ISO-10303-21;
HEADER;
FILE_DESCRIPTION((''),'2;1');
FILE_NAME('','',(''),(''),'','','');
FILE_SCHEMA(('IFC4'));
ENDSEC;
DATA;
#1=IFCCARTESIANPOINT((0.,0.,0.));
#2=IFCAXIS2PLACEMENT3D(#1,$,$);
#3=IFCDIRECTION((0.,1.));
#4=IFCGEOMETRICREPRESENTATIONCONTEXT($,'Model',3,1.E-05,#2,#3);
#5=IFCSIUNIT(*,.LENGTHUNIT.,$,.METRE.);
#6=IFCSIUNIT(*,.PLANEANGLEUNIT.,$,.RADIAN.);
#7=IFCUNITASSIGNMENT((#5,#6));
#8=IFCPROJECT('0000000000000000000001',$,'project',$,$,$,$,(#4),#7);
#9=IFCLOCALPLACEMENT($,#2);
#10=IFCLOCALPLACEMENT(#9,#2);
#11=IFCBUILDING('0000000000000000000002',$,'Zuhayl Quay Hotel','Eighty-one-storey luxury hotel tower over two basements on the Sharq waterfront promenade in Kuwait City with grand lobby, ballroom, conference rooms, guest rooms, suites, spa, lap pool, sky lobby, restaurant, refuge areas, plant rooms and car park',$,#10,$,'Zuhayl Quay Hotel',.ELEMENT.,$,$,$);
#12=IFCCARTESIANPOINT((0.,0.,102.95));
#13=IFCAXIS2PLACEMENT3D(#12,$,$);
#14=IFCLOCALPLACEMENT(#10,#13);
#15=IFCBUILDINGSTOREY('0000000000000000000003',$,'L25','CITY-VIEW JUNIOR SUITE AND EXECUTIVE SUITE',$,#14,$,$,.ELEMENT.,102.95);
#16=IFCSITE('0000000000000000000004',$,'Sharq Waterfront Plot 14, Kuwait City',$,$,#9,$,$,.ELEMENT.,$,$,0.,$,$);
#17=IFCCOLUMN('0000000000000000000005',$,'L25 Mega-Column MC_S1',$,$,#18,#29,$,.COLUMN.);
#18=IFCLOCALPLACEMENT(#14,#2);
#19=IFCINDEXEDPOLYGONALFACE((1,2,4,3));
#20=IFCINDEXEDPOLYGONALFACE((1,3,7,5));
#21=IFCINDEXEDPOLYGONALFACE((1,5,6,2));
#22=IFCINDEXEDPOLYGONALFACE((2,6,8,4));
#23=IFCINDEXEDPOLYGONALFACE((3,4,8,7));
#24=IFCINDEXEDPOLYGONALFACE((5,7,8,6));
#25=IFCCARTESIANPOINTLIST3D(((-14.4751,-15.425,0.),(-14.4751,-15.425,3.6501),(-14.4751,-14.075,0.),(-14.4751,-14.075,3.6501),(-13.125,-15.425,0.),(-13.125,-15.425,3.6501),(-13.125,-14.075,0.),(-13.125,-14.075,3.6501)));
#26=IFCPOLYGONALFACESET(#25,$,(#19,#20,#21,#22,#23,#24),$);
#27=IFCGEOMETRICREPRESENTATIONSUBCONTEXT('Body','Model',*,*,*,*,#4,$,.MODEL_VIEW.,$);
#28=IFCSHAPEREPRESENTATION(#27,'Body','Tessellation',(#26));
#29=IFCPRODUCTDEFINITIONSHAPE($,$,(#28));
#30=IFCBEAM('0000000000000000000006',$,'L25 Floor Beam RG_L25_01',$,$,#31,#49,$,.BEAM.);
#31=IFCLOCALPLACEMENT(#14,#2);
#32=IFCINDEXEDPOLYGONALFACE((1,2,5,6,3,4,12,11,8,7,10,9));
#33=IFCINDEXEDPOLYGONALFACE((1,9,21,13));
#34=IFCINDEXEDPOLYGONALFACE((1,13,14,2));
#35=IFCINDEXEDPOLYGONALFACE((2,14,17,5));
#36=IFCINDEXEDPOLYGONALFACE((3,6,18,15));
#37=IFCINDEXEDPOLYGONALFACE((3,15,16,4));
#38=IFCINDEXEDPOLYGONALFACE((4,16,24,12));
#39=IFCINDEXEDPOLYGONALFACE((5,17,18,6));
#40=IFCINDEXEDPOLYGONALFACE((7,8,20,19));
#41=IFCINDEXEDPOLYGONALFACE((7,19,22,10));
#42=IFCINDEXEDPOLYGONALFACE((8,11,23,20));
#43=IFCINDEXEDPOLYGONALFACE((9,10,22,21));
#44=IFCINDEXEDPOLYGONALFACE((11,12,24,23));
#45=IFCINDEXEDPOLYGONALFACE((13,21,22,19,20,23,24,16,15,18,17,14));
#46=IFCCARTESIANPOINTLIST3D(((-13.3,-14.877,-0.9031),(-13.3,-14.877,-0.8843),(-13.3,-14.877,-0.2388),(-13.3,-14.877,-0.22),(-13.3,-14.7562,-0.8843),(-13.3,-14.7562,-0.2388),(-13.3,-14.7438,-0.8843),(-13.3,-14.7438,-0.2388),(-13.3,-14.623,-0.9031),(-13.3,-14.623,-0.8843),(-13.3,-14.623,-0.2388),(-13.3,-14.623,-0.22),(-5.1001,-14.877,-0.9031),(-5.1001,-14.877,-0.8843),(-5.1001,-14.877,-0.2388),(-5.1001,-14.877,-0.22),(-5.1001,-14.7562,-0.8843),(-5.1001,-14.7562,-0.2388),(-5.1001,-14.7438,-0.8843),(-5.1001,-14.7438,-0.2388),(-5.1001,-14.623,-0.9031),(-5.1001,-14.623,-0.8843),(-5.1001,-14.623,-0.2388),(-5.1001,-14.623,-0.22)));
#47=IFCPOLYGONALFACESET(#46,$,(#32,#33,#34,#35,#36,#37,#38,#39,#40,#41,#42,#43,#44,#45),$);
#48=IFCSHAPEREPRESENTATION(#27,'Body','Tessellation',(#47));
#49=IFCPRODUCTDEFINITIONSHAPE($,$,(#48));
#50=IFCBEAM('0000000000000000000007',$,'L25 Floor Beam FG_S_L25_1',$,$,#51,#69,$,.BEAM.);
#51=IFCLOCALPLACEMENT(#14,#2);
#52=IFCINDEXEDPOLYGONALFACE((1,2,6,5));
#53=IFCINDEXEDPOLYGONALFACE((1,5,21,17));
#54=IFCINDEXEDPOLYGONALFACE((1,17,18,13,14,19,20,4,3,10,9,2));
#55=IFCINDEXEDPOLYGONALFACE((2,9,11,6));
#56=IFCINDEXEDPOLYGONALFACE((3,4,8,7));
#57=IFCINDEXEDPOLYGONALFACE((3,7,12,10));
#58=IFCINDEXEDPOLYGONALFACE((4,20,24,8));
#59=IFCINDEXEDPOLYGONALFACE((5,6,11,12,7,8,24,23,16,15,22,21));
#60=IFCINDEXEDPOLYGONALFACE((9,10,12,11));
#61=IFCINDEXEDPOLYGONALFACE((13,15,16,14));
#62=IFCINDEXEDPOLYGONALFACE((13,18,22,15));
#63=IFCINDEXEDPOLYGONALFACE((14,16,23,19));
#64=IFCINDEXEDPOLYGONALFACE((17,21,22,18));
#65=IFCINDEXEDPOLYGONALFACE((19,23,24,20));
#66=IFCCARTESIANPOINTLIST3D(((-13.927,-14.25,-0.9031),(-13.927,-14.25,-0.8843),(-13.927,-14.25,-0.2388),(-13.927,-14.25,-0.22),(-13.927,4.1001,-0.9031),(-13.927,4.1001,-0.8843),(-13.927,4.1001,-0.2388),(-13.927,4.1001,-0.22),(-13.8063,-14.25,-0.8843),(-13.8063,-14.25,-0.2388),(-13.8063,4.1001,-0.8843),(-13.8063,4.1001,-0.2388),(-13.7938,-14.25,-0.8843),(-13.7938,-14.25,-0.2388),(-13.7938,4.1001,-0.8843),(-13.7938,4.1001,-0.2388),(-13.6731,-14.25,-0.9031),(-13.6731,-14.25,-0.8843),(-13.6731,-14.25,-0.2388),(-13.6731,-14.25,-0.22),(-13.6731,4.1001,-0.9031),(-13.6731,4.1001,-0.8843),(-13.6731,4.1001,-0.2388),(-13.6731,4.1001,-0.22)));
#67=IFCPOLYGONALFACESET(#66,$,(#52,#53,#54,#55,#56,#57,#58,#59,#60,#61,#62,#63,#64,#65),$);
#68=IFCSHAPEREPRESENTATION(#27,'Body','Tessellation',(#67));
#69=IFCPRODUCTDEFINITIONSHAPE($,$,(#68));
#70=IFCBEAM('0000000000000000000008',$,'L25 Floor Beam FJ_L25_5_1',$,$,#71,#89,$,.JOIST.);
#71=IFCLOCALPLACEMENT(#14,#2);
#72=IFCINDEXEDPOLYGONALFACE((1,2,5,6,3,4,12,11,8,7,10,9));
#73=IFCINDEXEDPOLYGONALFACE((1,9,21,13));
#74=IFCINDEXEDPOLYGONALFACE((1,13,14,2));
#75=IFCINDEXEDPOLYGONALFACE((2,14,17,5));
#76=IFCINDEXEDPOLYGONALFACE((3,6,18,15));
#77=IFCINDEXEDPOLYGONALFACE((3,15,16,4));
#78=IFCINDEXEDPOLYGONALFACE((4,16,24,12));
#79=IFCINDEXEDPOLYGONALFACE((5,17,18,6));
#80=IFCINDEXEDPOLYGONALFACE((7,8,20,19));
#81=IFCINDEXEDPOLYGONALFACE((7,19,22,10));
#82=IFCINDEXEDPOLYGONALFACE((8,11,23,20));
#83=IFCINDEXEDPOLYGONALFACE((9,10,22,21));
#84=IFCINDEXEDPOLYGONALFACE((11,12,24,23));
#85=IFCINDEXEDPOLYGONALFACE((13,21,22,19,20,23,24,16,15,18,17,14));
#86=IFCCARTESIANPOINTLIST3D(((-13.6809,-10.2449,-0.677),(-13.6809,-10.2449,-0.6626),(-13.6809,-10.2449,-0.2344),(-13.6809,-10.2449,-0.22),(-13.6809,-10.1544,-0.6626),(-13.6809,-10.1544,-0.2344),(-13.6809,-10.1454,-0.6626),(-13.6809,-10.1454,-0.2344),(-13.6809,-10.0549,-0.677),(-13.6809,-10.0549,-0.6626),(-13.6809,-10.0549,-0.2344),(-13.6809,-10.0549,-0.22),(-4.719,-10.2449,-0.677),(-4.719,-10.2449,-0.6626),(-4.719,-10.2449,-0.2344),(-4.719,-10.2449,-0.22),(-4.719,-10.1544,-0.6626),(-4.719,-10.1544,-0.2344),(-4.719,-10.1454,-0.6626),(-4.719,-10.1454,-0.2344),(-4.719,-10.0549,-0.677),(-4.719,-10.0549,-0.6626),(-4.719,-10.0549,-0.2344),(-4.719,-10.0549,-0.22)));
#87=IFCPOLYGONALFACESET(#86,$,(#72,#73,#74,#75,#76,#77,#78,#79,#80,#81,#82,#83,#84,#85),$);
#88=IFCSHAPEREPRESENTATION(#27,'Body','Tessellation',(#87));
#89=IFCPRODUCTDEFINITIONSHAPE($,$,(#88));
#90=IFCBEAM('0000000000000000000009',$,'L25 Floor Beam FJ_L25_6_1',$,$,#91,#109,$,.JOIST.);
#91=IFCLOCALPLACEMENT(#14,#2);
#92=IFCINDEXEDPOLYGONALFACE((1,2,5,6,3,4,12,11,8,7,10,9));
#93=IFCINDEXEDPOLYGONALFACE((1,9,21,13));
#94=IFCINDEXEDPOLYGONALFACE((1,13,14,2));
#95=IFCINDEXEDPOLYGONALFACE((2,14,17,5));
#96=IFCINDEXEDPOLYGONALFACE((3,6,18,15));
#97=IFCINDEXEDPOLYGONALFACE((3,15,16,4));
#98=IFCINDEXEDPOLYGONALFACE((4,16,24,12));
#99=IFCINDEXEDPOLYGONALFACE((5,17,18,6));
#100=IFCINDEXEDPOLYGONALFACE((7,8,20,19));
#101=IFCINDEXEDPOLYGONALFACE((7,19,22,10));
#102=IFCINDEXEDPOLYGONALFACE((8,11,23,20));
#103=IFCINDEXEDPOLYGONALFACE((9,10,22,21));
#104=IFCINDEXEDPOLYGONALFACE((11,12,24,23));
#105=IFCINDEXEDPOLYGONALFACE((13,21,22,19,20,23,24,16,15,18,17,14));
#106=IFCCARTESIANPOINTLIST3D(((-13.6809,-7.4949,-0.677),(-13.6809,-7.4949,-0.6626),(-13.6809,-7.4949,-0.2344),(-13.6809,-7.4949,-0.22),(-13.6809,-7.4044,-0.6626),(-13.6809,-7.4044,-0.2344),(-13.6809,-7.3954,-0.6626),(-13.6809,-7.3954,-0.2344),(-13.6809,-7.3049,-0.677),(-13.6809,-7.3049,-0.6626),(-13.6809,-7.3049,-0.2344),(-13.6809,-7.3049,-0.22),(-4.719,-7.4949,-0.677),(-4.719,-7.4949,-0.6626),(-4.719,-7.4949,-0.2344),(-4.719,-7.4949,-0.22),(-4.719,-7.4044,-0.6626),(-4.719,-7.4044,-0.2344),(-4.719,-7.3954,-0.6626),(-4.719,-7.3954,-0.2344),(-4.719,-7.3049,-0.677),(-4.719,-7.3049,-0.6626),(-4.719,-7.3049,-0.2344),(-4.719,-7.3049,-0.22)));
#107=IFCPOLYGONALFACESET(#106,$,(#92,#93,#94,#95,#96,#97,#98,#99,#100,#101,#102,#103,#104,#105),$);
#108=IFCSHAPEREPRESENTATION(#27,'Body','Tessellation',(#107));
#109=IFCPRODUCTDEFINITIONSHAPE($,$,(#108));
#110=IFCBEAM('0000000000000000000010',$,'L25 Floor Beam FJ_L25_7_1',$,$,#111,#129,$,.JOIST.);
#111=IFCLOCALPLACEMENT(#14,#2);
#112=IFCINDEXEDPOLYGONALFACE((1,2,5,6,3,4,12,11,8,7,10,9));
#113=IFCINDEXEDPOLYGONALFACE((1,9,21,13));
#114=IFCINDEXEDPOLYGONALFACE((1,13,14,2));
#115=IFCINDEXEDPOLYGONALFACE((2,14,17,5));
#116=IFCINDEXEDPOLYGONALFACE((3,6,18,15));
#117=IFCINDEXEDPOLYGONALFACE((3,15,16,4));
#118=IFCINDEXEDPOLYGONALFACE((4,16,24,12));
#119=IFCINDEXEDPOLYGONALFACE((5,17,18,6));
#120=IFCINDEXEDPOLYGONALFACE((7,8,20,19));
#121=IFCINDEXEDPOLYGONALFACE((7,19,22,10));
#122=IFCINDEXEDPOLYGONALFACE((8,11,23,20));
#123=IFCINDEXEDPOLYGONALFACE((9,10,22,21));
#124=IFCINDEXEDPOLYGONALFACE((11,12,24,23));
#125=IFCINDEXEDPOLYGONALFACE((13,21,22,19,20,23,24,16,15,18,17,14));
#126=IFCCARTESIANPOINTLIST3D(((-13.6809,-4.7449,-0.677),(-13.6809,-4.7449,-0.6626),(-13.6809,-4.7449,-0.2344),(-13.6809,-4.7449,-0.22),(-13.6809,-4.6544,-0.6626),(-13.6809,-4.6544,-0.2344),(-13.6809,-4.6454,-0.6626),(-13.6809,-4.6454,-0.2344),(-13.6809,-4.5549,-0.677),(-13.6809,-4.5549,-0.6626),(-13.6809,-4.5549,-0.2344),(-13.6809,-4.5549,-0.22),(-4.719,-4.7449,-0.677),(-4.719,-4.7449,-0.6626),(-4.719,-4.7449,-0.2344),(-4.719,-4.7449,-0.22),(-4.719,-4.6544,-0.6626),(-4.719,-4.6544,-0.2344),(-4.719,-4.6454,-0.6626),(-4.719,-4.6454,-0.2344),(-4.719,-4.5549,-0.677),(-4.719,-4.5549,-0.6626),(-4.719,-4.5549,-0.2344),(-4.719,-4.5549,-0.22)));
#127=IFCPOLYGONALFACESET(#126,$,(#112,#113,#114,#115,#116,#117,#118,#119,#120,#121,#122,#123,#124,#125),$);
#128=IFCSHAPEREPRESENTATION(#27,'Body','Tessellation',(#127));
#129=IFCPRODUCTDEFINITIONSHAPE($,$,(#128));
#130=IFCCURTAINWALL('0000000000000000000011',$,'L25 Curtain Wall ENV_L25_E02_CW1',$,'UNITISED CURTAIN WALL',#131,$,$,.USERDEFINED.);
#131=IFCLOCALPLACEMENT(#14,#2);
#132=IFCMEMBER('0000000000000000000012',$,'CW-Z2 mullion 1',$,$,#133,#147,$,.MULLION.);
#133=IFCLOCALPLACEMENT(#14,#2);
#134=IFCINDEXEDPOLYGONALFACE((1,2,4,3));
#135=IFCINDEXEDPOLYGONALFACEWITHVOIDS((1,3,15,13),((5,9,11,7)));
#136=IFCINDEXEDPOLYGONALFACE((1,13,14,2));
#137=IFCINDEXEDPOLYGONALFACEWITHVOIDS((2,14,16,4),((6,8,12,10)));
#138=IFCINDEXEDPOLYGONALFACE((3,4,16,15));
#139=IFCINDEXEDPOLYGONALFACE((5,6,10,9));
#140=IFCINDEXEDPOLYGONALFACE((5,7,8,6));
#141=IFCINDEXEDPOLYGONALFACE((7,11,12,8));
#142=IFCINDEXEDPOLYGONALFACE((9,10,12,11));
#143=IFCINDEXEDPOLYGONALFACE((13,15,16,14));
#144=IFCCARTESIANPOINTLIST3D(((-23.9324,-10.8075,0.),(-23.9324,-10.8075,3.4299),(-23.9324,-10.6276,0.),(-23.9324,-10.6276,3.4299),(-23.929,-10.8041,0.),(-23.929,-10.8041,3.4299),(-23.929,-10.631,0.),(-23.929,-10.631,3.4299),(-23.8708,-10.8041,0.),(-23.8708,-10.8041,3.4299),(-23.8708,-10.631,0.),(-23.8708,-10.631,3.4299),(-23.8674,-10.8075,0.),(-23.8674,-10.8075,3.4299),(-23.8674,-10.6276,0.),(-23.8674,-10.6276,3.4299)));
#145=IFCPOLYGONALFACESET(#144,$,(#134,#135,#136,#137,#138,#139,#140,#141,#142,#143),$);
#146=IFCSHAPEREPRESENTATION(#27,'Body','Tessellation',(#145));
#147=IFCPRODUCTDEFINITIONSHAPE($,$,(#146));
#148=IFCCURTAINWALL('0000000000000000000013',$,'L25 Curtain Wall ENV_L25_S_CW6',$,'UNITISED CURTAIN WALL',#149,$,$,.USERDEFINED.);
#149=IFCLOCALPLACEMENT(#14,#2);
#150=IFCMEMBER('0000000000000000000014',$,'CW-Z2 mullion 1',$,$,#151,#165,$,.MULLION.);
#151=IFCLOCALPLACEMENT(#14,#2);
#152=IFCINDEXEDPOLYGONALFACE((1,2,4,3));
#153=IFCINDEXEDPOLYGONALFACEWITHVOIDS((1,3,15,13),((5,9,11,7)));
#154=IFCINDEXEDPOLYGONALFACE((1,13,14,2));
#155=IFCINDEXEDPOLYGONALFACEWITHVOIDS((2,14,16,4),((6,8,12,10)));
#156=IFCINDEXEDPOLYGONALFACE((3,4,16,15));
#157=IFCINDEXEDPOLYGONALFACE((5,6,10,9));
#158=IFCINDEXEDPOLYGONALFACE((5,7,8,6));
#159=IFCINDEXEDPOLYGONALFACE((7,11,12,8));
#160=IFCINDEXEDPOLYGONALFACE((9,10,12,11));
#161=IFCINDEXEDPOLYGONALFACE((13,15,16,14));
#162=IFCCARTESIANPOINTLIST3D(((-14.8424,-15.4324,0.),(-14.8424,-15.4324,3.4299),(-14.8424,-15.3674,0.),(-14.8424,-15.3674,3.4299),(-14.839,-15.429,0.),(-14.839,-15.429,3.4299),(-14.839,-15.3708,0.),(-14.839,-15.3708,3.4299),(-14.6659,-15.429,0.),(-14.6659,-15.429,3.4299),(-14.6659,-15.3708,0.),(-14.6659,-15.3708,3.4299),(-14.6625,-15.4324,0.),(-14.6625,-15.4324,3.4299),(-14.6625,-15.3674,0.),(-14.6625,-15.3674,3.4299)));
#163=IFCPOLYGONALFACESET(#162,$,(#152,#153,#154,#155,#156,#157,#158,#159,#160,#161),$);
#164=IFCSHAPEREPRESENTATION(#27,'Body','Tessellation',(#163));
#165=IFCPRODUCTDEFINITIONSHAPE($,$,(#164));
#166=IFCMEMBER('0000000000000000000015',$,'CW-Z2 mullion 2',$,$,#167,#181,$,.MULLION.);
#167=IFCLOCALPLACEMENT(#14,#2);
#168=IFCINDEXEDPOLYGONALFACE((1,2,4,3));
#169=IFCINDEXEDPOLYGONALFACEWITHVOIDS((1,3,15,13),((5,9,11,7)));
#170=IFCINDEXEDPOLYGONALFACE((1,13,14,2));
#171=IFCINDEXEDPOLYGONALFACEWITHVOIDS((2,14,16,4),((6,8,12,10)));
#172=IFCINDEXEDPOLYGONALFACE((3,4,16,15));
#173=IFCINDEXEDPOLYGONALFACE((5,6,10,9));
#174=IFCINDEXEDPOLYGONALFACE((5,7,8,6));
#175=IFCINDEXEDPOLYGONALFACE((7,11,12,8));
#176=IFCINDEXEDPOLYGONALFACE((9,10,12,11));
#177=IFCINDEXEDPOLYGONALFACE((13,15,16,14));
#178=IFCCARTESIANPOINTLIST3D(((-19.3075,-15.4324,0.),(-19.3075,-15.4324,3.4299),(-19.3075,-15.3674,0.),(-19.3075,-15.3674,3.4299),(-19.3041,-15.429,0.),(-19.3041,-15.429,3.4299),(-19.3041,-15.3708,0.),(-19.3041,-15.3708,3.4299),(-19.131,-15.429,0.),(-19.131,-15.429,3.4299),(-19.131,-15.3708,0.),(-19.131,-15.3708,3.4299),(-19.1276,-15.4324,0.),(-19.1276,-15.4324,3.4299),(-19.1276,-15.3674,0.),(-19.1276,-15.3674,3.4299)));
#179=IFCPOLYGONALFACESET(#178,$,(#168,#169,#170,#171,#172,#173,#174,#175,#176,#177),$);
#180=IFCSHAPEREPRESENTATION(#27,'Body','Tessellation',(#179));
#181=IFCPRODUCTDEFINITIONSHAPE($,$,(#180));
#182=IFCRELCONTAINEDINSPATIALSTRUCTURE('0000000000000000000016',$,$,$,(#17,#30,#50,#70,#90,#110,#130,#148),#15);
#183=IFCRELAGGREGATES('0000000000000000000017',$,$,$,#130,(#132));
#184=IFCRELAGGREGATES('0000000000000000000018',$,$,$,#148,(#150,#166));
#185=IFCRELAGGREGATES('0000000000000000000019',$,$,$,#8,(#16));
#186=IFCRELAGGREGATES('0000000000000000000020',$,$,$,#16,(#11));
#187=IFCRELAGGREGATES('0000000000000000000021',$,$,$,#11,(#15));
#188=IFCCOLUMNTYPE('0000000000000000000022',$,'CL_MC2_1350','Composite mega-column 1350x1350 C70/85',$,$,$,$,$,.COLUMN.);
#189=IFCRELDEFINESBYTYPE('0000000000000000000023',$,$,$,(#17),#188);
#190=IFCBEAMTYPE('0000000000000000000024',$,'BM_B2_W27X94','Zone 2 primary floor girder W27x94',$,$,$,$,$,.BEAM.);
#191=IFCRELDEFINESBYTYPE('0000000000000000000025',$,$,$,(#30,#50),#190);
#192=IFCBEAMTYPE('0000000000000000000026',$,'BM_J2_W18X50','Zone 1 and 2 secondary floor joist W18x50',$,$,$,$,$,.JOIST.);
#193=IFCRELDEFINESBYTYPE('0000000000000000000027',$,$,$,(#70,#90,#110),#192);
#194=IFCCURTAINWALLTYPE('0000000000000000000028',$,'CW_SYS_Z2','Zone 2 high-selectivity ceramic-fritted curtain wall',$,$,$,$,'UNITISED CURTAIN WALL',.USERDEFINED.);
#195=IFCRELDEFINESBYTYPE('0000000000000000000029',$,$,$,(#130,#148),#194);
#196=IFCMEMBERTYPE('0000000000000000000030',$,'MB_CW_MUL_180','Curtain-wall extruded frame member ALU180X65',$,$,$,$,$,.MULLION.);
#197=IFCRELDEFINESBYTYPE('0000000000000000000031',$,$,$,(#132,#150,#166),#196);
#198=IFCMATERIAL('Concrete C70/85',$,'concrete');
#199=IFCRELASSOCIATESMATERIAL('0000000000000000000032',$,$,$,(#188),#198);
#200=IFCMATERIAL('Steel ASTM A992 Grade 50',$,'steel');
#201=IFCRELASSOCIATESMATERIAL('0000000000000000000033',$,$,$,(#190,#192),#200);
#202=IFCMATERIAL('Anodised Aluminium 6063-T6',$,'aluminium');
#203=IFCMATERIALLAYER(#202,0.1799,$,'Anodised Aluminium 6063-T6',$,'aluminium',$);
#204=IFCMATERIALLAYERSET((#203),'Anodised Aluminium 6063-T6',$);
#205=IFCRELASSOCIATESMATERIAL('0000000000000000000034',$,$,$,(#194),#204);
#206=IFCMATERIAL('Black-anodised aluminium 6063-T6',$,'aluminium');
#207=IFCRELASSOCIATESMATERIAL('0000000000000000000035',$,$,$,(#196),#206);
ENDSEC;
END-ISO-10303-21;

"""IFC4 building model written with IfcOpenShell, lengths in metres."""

from ifc_helpers import new_model, si_unit, direction, frame, origin, origin_2d, place, context, subcontext, project, spatial, rectangle, hollow_rectangle, i_section, extrude, material, layer, layer_set, material_profile, profile_set, type_object, element, aggregate, save


model = new_model("IFC4")

# Units and contexts
model_context = context("Model", 3, precision=1e-05, world=origin(), true_north=direction((0.0, 1.0)))
body_context = subcontext(model_context, "Body", "Model", "MODEL_VIEW")
ifc_project = project(units=[si_unit("LENGTHUNIT", "METRE"), si_unit("PLANEANGLEUNIT", "RADIAN")], contexts=[model_context])

# Site, building, storey
site_placement = place(None, origin())
site = spatial("IfcSite", under=ifc_project, at=site_placement, Name="Sharq Waterfront Plot 14, Kuwait City", CompositionType="ELEMENT", RefElevation=0.0)
building_placement = place(site_placement, origin())
building = spatial("IfcBuilding", under=site, at=building_placement, Name="Zuhayl Quay Hotel", Description="Eighty-one-storey luxury hotel tower over two basements on the Sharq waterfront promenade in Kuwait City with grand lobby, ballroom, conference rooms, guest rooms, suites, spa, lap pool, sky lobby, restaurant, refuge areas, plant rooms and car park", LongName="Zuhayl Quay Hotel", CompositionType="ELEMENT")
storey_placement = place(building_placement, frame((0.0, 0.0, 102.95)))
storey = spatial("IfcBuildingStorey", under=building, at=storey_placement, Name="L25", Description="CITY-VIEW JUNIOR SUITE AND EXECUTIVE SUITE", CompositionType="ELEMENT", Elevation=102.95)

# Column
ifc_material_1 = material(Name="Concrete C70/85", Category="concrete")
ifc_material_profile_1 = material_profile(ifc_material_1, rectangle(XDim=1.3501, YDim=1.3501, at=origin_2d()), Name="RC1350X1350")
ifc_profile_set_1 = profile_set([ifc_material_profile_1], Name="Concrete C70/85")
column_type = type_object("IfcColumnType", Name="CL_MC2_1350", Description="Composite mega-column 1350x1350 C70/85", PredefinedType="COLUMN", material=ifc_profile_set_1)
column_placement = place(storey_placement, frame((-13.8, -14.75, 0.0), z_axis=(0.0, 0.0, 1.0), x_axis=(1.0, 0.0, 0.0)))
element("IfcColumn", 1, at=column_placement, inside=storey, type_object=column_type, Name="L25 Mega-Column MC_S1", PredefinedType="COLUMN", context=body_context, shape_type="SweptSolid", body=[
    extrude(rectangle(XDim=1.3501, YDim=1.3501, at=origin_2d()), origin(), (0.0, 0.0, 1.0), 3.6501),
])

# Beams
ifc_material_2 = material(Name="Steel ASTM A992 Grade 50", Category="steel")
ifc_material_profile_2 = material_profile(ifc_material_2, i_section(OverallWidth=0.2539, OverallDepth=0.6831, WebThickness=0.0125, FlangeThickness=0.0188, at=origin_2d()), Name="W27X94")
ifc_profile_set_2 = profile_set([ifc_material_profile_2], Name="Steel ASTM A992 Grade 50")
beam_type_1 = type_object("IfcBeamType", Name="BM_B2_W27X94", Description="Zone 2 primary floor girder W27x94", PredefinedType="BEAM", material=ifc_profile_set_2)
beam_1_placement = place(storey_placement, frame((-13.3, -14.75, -0.5615), z_axis=(1.0, 0.0, 0.0), x_axis=(0.0, 1.0, 0.0)))
element("IfcBeam", 2, at=beam_1_placement, inside=storey, type_object=beam_type_1, Name="L25 Floor Beam RG_L25_01", PredefinedType="BEAM", context=body_context, shape_type="SweptSolid", body=[
    extrude(i_section(OverallWidth=0.2539, OverallDepth=0.6831, WebThickness=0.0125, FlangeThickness=0.0188, at=origin_2d()), origin(), (0.0, 0.0, 1.0), 8.2),
])
beam_2_placement = place(storey_placement, frame((-13.8, -14.25, -0.5615), z_axis=(0.0, 1.0, 0.0), x_axis=(-1.0, 0.0, 0.0)))
element("IfcBeam", 3, at=beam_2_placement, inside=storey, type_object=beam_type_1, Name="L25 Floor Beam FG_S_L25_1", PredefinedType="BEAM", context=body_context, shape_type="SweptSolid", body=[
    extrude(i_section(OverallWidth=0.2539, OverallDepth=0.6831, WebThickness=0.0125, FlangeThickness=0.0188, at=origin_2d()), origin(), (0.0, 0.0, 1.0), 18.3501),
])
ifc_material_profile_3 = material_profile(ifc_material_2, i_section(OverallWidth=0.1899, OverallDepth=0.457, WebThickness=0.009, FlangeThickness=0.0144, at=origin_2d()), Name="W18X50")
ifc_profile_set_3 = profile_set([ifc_material_profile_3], Name="Steel ASTM A992 Grade 50")
beam_type_2 = type_object("IfcBeamType", Name="BM_J2_W18X50", Description="Zone 1 and 2 secondary floor joist W18x50", PredefinedType="JOIST", material=ifc_profile_set_3)
for number, where, z_axis, x_axis, name in (
    (4, (-13.6809, -10.1499, -0.4485), (1.0, 0.0, 0.0), (0.0, 1.0, 0.0), "L25 Floor Beam FJ_L25_5_1"),
    (5, (-13.6809, -7.3999, -0.4485), (1.0, 0.0, 0.0), (0.0, 1.0, 0.0), "L25 Floor Beam FJ_L25_6_1"),
    (6, (-13.6809, -4.6499, -0.4485), (1.0, 0.0, 0.0), (0.0, 1.0, 0.0), "L25 Floor Beam FJ_L25_7_1"),
):
    element("IfcBeam", number, at=place(storey_placement, frame(where, z_axis=z_axis, x_axis=x_axis)), inside=storey, type_object=beam_type_2, Name=name, PredefinedType="JOIST", context=body_context, shape_type="SweptSolid", body=[
        extrude(i_section(OverallWidth=0.1899, OverallDepth=0.457, WebThickness=0.009, FlangeThickness=0.0144, at=origin_2d()), origin(), (0.0, 0.0, 1.0), 8.9619),
    ])

# Curtain wall, member
ifc_material_3 = material(Name="Anodised Aluminium 6063-T6", Category="aluminium")
ifc_layer_1 = layer(ifc_material_3, 0.1799, Name="Anodised Aluminium 6063-T6", Category="aluminium")
ifc_layer_set_1 = layer_set([ifc_layer_1], Name="Anodised Aluminium 6063-T6")
curtain_wall_type = type_object("IfcCurtainWallType", Name="CW_SYS_Z2", Description="Zone 2 high-selectivity ceramic-fritted curtain wall", ElementType="UNITISED CURTAIN WALL", PredefinedType="USERDEFINED", material=ifc_layer_set_1)
curtain_wall_1_placement = place(storey_placement, origin())
curtain_wall_1 = element("IfcCurtainWall", 7, at=curtain_wall_1_placement, inside=storey, type_object=curtain_wall_type, Name="L25 Curtain Wall ENV_L25_E02_CW1", ObjectType="UNITISED CURTAIN WALL", PredefinedType="USERDEFINED")
ifc_material_4 = material(Name="Black-anodised aluminium 6063-T6", Category="aluminium")
ifc_material_profile_4 = material_profile(ifc_material_4, hollow_rectangle(XDim=0.0649, YDim=0.1799, WallThickness=0.0034, at=origin_2d()), Name="ALU180X65")
ifc_profile_set_4 = profile_set([ifc_material_profile_4], Name="Black-anodised aluminium 6063-T6")
member_type_1 = type_object("IfcMemberType", Name="MB_CW_MUL_180", Description="Curtain-wall extruded frame member ALU180X65", PredefinedType="MULLION", material=ifc_profile_set_4)
member_1_placement = place(storey_placement, frame((-23.8999, -10.7175, 0.0), z_axis=(0.0, 0.0, 1.0), x_axis=(-1.0, 0.0, 0.0)))
member_1 = element("IfcMember", 8, at=member_1_placement, type_object=member_type_1, Name="CW-Z2 mullion 1", PredefinedType="MULLION", context=body_context, shape_type="SweptSolid", body=[
    extrude(hollow_rectangle(XDim=0.0649, YDim=0.1799, WallThickness=0.0034, at=origin_2d()), origin(), (0.0, 0.0, 1.0), 3.4299),
])

# Curtain wall, members
curtain_wall_2_placement = place(storey_placement, origin())
curtain_wall_2 = element("IfcCurtainWall", 9, at=curtain_wall_2_placement, inside=storey, type_object=curtain_wall_type, Name="L25 Curtain Wall ENV_L25_S_CW6", ObjectType="UNITISED CURTAIN WALL", PredefinedType="USERDEFINED")
member_2_placement = place(storey_placement, frame((-14.7524, -15.3999, 0.0), z_axis=(0.0, 0.0, 1.0), x_axis=(0.0, -1.0, 0.0)))
member_2 = element("IfcMember", 10, at=member_2_placement, type_object=member_type_1, Name="CW-Z2 mullion 1", PredefinedType="MULLION", context=body_context, shape_type="SweptSolid", body=[
    extrude(hollow_rectangle(XDim=0.0649, YDim=0.1799, WallThickness=0.0034, at=origin_2d()), origin(), (0.0, 0.0, 1.0), 3.4299),
])
member_3_placement = place(storey_placement, frame((-19.2175, -15.3999, 0.0), z_axis=(0.0, 0.0, 1.0), x_axis=(0.0, -1.0, 0.0)))
member_3 = element("IfcMember", 11, at=member_3_placement, type_object=member_type_1, Name="CW-Z2 mullion 2", PredefinedType="MULLION", context=body_context, shape_type="SweptSolid", body=[
    extrude(hollow_rectangle(XDim=0.0649, YDim=0.1799, WallThickness=0.0034, at=origin_2d()), origin(), (0.0, 0.0, 1.0), 3.4299),
])

aggregate(curtain_wall_1, [member_1])
aggregate(curtain_wall_2, [member_2, member_3])

save(model, "model.ifc")
